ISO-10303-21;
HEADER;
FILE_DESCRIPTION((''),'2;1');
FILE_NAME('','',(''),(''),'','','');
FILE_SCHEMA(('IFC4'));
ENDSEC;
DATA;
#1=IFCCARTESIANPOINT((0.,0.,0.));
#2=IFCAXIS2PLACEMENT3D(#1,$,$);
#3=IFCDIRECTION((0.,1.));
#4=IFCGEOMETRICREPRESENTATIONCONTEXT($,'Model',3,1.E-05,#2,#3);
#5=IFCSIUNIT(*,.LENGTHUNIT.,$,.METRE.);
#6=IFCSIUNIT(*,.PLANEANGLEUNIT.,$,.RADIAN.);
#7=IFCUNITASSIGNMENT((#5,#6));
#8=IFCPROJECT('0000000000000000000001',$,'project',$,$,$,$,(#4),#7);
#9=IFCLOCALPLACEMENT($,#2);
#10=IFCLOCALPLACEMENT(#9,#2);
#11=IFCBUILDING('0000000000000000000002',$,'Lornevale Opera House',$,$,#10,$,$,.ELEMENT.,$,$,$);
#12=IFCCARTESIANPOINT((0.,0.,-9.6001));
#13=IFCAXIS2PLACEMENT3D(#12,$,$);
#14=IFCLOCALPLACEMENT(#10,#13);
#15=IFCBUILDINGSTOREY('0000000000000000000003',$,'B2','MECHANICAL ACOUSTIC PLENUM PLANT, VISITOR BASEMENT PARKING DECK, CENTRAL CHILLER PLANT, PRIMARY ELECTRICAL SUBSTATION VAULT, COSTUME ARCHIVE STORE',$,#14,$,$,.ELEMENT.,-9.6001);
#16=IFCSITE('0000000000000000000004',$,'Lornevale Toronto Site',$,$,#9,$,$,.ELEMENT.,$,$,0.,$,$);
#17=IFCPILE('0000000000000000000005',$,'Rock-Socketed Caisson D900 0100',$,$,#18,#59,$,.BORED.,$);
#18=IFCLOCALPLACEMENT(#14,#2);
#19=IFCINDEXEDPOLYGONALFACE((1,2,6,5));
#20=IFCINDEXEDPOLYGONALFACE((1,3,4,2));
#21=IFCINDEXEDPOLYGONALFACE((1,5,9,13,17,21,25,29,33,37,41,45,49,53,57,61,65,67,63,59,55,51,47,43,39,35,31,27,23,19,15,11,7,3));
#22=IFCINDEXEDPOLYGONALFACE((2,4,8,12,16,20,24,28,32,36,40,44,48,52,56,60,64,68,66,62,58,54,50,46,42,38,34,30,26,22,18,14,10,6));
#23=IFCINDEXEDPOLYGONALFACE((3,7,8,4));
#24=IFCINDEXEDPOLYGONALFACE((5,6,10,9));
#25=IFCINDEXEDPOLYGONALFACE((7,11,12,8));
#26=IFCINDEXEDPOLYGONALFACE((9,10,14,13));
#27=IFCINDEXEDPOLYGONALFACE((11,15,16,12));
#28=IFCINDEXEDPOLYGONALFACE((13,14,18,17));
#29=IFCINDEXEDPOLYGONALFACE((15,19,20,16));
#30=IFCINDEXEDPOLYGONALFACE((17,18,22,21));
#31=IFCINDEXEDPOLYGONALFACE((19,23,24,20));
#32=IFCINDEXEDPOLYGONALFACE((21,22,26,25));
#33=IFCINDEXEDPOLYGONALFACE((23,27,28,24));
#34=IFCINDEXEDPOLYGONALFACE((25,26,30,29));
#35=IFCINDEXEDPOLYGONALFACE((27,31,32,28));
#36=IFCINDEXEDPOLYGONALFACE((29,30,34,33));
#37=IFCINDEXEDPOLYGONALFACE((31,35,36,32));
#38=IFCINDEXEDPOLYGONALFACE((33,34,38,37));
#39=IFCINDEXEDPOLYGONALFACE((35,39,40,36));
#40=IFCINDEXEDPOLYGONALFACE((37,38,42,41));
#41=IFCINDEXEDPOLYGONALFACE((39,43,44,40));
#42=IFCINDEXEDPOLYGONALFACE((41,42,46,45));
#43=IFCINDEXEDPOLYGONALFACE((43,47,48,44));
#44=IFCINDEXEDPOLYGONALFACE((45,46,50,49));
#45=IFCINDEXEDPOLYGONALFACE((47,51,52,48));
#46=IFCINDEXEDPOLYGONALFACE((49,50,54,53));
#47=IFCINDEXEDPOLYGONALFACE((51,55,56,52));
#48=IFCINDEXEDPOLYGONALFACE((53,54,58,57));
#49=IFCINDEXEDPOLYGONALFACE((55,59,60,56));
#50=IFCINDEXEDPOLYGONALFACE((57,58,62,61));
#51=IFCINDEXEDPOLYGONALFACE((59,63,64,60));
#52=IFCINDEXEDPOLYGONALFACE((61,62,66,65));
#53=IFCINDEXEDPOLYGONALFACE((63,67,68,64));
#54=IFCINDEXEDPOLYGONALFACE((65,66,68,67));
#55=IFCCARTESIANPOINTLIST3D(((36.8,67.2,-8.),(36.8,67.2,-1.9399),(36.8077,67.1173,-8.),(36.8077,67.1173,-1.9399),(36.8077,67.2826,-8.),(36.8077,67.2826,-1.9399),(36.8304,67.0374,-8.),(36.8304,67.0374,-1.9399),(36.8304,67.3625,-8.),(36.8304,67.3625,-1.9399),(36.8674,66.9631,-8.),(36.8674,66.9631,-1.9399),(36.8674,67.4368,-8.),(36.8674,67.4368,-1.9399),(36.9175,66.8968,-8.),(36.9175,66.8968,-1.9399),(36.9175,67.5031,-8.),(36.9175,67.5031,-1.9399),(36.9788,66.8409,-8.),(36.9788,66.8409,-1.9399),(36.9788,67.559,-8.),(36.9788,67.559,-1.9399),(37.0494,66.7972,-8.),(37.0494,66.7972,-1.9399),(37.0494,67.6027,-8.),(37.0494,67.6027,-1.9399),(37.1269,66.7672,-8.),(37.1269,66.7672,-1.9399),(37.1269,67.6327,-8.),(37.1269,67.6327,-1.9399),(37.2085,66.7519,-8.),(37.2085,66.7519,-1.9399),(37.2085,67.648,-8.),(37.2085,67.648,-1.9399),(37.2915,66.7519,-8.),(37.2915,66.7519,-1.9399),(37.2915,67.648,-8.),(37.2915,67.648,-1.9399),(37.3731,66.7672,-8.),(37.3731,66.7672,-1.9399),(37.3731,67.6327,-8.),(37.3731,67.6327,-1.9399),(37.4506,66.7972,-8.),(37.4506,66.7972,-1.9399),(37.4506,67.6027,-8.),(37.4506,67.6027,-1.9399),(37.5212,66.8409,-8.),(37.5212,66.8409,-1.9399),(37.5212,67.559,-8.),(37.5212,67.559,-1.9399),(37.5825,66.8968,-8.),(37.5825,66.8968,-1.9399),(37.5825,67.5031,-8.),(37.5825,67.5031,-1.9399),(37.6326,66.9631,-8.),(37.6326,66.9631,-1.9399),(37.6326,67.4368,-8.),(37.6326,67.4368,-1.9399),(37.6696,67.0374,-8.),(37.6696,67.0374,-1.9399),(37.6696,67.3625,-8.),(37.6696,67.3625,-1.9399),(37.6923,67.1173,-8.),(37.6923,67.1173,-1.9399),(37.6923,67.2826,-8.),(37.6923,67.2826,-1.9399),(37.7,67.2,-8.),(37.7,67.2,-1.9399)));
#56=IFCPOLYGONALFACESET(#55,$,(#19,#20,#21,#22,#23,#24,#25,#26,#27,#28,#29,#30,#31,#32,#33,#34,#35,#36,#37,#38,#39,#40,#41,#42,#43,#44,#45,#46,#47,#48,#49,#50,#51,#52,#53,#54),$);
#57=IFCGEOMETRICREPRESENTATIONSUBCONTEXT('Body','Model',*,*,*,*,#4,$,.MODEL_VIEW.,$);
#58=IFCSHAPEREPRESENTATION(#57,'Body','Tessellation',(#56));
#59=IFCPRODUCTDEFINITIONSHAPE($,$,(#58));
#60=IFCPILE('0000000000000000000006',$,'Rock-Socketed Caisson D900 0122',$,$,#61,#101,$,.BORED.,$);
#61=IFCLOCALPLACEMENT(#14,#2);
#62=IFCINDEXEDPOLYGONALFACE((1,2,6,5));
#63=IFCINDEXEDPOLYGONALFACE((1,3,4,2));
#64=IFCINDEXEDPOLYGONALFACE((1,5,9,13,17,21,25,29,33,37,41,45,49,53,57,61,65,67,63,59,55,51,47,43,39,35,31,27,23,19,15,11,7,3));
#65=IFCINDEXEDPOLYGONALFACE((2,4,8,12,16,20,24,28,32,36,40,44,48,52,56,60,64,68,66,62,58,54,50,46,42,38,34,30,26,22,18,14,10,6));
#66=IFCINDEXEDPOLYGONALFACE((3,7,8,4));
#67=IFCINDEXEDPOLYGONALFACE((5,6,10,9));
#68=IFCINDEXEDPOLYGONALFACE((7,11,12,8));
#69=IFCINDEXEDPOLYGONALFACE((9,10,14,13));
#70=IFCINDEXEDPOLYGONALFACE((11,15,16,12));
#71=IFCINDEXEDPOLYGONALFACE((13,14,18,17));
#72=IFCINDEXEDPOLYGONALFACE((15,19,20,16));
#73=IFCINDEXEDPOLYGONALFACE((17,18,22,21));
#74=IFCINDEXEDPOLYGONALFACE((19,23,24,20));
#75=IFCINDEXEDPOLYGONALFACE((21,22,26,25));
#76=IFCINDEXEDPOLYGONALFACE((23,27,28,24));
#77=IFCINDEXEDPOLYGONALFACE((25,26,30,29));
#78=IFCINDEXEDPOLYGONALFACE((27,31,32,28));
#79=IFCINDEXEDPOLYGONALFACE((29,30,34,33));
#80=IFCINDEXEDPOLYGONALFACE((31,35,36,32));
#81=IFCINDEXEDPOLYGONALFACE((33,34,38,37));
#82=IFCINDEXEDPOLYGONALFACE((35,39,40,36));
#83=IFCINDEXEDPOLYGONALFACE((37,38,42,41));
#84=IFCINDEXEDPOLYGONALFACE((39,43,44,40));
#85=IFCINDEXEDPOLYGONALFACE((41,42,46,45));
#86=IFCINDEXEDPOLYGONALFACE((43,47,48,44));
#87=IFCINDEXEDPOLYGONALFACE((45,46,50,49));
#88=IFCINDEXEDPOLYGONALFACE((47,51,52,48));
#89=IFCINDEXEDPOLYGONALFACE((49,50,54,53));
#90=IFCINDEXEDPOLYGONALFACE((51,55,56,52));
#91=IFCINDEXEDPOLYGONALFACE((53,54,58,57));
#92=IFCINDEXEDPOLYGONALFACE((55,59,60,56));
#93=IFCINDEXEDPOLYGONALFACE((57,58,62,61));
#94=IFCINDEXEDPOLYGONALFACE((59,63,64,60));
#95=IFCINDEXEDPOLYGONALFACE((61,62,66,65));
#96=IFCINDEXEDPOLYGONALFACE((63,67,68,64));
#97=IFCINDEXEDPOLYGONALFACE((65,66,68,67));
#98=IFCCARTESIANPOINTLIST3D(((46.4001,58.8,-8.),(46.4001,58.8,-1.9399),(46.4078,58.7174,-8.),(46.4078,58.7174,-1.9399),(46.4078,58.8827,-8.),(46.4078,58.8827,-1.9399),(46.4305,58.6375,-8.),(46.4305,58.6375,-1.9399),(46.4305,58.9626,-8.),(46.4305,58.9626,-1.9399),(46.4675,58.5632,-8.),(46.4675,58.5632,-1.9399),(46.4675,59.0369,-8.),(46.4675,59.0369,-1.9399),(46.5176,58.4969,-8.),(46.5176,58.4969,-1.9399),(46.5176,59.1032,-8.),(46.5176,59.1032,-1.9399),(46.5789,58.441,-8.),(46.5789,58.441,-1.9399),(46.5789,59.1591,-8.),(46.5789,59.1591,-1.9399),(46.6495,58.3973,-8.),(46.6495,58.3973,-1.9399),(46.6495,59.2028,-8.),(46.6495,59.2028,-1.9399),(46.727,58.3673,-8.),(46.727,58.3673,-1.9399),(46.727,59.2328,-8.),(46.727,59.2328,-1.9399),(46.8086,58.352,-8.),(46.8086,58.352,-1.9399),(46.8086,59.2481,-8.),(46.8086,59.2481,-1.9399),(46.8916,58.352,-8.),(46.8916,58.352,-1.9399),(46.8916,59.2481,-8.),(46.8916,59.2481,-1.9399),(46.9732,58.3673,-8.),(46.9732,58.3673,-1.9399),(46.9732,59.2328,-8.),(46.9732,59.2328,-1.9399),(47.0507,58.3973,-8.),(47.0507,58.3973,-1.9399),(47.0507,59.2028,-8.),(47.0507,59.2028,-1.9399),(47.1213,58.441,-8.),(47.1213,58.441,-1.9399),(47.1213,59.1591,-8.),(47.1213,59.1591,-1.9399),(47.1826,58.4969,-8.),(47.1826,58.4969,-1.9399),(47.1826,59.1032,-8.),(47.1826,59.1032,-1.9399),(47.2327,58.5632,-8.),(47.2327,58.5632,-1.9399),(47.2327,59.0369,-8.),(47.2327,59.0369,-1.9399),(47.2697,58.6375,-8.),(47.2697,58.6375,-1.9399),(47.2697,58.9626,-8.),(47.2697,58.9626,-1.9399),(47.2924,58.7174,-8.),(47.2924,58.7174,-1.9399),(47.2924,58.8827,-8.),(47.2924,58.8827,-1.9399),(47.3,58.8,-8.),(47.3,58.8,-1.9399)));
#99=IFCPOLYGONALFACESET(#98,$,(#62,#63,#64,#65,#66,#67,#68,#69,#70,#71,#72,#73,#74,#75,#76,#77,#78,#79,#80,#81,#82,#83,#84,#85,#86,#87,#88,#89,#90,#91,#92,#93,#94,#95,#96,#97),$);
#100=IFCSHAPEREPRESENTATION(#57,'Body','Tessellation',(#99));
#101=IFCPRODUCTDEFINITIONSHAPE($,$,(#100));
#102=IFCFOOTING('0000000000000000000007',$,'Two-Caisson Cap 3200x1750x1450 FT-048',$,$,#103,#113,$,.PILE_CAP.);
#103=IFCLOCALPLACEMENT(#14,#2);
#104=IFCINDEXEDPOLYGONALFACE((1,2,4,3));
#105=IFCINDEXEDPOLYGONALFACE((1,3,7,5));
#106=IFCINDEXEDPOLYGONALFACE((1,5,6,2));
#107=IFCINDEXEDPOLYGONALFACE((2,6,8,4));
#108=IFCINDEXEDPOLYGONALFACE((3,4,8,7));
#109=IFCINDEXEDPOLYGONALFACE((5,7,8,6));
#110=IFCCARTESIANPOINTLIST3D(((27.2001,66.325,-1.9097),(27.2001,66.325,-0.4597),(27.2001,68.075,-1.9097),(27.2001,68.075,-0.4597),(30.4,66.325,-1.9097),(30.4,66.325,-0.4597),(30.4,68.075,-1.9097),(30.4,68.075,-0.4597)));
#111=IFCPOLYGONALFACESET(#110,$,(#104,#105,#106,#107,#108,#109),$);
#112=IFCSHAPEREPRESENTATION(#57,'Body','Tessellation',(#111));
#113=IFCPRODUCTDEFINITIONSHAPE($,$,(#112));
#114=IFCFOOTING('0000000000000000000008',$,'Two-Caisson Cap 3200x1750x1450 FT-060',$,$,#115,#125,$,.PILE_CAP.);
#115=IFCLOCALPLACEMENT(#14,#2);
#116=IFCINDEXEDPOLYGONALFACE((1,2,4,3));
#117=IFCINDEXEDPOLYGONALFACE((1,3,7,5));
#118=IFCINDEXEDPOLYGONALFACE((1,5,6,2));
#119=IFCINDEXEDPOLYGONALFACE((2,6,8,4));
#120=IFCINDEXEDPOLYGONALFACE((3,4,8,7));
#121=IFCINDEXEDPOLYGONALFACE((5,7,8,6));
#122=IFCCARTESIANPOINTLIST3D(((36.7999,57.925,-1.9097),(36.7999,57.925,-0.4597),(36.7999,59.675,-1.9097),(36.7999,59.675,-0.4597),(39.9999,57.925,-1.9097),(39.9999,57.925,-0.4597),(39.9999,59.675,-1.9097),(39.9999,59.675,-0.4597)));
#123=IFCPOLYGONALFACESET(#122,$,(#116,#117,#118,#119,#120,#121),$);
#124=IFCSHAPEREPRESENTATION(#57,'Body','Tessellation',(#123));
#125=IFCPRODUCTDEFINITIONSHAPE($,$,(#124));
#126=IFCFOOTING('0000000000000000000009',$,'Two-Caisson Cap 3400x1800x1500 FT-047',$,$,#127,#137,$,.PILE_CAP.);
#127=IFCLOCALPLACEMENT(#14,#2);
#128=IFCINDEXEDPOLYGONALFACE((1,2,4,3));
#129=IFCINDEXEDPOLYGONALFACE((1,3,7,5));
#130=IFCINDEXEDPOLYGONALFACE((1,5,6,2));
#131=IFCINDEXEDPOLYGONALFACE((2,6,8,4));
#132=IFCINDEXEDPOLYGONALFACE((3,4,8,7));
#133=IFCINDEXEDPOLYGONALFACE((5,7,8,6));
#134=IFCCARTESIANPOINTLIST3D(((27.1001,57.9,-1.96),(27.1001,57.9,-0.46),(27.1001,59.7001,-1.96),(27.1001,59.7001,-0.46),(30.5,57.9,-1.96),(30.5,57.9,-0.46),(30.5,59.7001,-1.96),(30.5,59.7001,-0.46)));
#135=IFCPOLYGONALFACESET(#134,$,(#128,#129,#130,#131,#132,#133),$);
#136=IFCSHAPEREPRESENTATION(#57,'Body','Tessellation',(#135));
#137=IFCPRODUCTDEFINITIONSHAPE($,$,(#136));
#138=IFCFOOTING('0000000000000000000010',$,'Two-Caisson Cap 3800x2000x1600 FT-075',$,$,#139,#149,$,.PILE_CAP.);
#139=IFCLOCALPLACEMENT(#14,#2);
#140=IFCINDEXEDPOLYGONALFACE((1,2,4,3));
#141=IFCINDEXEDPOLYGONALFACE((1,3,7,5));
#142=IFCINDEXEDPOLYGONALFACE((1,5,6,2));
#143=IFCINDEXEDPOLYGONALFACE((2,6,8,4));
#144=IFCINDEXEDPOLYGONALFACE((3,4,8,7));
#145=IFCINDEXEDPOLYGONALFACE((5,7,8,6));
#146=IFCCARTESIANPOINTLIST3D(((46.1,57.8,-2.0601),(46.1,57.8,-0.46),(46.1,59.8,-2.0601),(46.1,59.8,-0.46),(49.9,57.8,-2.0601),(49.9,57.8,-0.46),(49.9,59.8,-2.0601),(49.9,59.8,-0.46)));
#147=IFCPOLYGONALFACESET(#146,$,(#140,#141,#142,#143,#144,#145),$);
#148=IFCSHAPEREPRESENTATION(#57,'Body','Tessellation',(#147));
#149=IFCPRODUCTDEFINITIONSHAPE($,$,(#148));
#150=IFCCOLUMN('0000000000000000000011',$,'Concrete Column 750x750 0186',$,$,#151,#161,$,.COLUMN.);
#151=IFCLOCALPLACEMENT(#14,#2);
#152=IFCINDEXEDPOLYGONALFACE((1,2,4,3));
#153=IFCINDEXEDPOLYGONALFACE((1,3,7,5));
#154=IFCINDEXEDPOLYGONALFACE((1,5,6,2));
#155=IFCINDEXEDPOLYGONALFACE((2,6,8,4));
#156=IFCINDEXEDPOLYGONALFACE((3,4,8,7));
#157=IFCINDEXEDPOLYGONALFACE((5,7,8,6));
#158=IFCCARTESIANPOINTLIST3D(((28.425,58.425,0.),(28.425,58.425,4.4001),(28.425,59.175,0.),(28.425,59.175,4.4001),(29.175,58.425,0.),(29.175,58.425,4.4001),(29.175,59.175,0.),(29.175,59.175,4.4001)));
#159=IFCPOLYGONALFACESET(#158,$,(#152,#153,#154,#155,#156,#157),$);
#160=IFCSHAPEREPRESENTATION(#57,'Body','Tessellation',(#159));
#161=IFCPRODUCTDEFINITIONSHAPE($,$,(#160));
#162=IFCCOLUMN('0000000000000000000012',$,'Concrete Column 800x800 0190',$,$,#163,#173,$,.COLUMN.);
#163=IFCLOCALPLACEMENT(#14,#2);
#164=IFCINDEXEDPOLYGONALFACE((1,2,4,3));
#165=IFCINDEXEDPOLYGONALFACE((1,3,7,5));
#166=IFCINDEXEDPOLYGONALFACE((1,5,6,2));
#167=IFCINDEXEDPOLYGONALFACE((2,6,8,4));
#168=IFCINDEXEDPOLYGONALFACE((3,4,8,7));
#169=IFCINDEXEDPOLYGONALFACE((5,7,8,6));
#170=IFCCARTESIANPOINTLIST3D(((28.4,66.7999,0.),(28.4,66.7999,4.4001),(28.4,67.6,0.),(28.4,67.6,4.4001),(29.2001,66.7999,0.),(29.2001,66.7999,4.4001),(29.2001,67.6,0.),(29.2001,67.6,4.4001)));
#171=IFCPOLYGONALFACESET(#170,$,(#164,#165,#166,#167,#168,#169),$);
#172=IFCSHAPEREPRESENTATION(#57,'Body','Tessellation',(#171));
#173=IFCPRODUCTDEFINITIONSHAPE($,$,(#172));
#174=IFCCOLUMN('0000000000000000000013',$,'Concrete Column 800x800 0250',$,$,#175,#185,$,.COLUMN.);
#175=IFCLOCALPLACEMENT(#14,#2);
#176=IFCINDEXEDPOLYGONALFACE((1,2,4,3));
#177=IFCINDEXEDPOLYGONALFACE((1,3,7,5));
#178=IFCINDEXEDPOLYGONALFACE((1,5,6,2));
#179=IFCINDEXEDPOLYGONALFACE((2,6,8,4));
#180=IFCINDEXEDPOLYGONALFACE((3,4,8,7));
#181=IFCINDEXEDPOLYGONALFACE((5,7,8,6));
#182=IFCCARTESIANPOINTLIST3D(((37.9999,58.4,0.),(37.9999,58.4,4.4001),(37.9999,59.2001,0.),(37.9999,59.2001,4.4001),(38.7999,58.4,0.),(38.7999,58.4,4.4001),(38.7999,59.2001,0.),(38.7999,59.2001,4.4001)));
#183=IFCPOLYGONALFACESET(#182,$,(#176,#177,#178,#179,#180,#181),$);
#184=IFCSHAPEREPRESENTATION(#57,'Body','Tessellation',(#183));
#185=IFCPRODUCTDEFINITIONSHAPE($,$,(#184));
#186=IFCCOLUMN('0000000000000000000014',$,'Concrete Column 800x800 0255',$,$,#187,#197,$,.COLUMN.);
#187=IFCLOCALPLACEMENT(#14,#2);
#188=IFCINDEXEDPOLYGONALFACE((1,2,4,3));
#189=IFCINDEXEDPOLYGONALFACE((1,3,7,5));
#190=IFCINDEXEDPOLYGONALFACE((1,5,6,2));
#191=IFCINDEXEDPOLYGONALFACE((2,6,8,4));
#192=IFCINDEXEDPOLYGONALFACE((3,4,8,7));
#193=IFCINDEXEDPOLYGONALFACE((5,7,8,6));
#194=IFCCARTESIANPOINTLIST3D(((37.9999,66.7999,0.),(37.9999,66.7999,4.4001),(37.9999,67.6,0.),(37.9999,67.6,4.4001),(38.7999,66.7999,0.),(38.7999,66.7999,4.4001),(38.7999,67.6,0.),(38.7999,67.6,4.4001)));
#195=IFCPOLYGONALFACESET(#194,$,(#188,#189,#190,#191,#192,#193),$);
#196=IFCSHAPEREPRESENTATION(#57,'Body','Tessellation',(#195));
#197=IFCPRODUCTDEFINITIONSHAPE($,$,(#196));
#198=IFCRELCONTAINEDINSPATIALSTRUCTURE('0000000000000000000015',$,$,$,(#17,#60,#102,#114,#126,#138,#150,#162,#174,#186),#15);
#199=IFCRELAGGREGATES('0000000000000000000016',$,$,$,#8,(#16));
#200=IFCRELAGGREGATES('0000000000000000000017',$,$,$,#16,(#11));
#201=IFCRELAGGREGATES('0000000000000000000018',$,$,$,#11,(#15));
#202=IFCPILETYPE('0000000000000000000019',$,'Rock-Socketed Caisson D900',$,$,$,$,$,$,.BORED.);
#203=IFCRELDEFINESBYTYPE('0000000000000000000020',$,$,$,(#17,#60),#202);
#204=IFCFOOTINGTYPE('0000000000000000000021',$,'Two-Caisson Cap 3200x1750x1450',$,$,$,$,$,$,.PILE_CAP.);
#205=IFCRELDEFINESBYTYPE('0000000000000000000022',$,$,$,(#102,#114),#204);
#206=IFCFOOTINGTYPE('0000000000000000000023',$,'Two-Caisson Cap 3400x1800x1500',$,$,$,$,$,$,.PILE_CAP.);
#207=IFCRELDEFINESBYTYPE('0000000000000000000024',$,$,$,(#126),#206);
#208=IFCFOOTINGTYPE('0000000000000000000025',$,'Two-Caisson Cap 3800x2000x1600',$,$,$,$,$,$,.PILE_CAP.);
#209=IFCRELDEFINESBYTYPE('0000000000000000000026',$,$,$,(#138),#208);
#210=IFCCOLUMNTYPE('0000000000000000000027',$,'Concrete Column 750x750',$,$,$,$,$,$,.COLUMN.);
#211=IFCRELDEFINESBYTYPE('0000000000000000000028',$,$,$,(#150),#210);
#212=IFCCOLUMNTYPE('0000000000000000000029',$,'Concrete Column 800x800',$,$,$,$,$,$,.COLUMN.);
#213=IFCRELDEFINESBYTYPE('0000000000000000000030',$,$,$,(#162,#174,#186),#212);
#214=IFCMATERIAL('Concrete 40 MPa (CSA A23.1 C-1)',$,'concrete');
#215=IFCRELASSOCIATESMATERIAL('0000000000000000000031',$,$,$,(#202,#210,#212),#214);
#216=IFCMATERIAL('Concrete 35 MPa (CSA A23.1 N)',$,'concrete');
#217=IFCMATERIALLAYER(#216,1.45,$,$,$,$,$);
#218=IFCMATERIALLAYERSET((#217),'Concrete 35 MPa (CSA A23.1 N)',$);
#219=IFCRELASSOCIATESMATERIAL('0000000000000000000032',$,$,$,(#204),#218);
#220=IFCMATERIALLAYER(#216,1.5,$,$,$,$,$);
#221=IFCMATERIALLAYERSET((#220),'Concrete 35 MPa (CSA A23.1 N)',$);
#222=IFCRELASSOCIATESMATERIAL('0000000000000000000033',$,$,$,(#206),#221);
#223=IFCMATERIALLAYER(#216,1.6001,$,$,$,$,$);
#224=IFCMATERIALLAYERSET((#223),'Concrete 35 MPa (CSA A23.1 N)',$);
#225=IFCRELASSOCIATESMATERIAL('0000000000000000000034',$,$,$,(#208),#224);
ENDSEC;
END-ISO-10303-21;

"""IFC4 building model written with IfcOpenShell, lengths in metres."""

from ifc_helpers import new_model, si_unit, direction, frame, origin, origin_2d, place, context, subcontext, project, spatial, rectangle, circle, extrude, material, layer, layer_set, material_profile, profile_set, type_object, element, save


model = new_model("IFC4")

# Units and contexts
model_context = context("Model", 3, precision=1e-05, world=origin(), true_north=direction((0.0, 1.0)))
body_context = subcontext(model_context, "Body", "Model", "MODEL_VIEW")
ifc_project = project(units=[si_unit("LENGTHUNIT", "METRE"), si_unit("PLANEANGLEUNIT", "RADIAN")], contexts=[model_context])

# Site, building, storey
site_placement = place(None, origin())
site = spatial("IfcSite", under=ifc_project, at=site_placement, Name="Lornevale Toronto Site", CompositionType="ELEMENT", RefElevation=0.0)
building_placement = place(site_placement, origin())
building = spatial("IfcBuilding", under=site, at=building_placement, Name="Lornevale Opera House", CompositionType="ELEMENT")
storey_placement = place(building_placement, frame((0.0, 0.0, -9.6001)))
storey = spatial("IfcBuildingStorey", under=building, at=storey_placement, Name="B2", Description="MECHANICAL ACOUSTIC PLENUM PLANT, VISITOR BASEMENT PARKING DECK, CENTRAL CHILLER PLANT, PRIMARY ELECTRICAL SUBSTATION VAULT, COSTUME ARCHIVE STORE", CompositionType="ELEMENT", Elevation=-9.6001)

# Shared definitions
ifc_material_1 = material(Name="Concrete 35 MPa (CSA A23.1 N)", Category="concrete")

# Piles
ifc_material_2 = material(Name="Concrete 40 MPa (CSA A23.1 C-1)", Category="concrete")
ifc_material_profile_1 = material_profile(ifc_material_2, circle(Radius=0.45, at=origin_2d()), Name="CAIS900")
ifc_profile_set_1 = profile_set([ifc_material_profile_1], Name="Concrete 40 MPa (CSA A23.1 C-1)")
pile_type_1 = type_object("IfcPileType", Name="Rock-Socketed Caisson D900", PredefinedType="BORED", material=ifc_profile_set_1)
for number, where, z_axis, x_axis, name in (
    (1, (37.25, 67.2, -1.9399), (0.0, 0.0, -1.0), (1.0, 0.0, 0.0), "Rock-Socketed Caisson D900 0100"),
    (2, (46.8501, 58.8, -1.9399), (0.0, 0.0, -1.0), (1.0, 0.0, 0.0), "Rock-Socketed Caisson D900 0122"),
):
    element("IfcPile", number, at=place(storey_placement, frame(where, z_axis=z_axis, x_axis=x_axis)), inside=storey, type_object=pile_type_1, Name=name, PredefinedType="BORED", context=body_context, shape_type="SweptSolid", body=[
        extrude(circle(Radius=0.45, at=origin_2d()), origin(), (0.0, 0.0, 1.0), 6.0601),
    ])

# Footings
ifc_layer_1 = layer(ifc_material_1, 1.45)
ifc_layer_set_1 = layer_set([ifc_layer_1], Name="Concrete 35 MPa (CSA A23.1 N)")
footing_type_1 = type_object("IfcFootingType", Name="Two-Caisson Cap 3200x1750x1450", PredefinedType="PILE_CAP", material=ifc_layer_set_1)
for number, where, z_axis, x_axis, name in (
    (3, (28.8, 67.2, -1.9097), (0.0, 0.0, 1.0), (1.0, 0.0, 0.0), "Two-Caisson Cap 3200x1750x1450 FT-048"),
    (4, (38.3999, 58.8, -1.9097), (0.0, 0.0, 1.0), (1.0, 0.0, 0.0), "Two-Caisson Cap 3200x1750x1450 FT-060"),
):
    element("IfcFooting", number, at=place(storey_placement, frame(where, z_axis=z_axis, x_axis=x_axis)), inside=storey, type_object=footing_type_1, Name=name, PredefinedType="PILE_CAP", context=body_context, shape_type="SweptSolid", body=[
        extrude(rectangle(XDim=3.2, YDim=1.75, at=origin_2d()), origin(), (0.0, 0.0, 1.0), 1.45),
    ])
ifc_layer_2 = layer(ifc_material_1, 1.5)
ifc_layer_set_2 = layer_set([ifc_layer_2], Name="Concrete 35 MPa (CSA A23.1 N)")
footing_type_2 = type_object("IfcFootingType", Name="Two-Caisson Cap 3400x1800x1500", PredefinedType="PILE_CAP", material=ifc_layer_set_2)
footing_1_placement = place(storey_placement, frame((28.8, 58.8, -1.96), z_axis=(0.0, 0.0, 1.0), x_axis=(1.0, 0.0, 0.0)))
element("IfcFooting", 5, at=footing_1_placement, inside=storey, type_object=footing_type_2, Name="Two-Caisson Cap 3400x1800x1500 FT-047", PredefinedType="PILE_CAP", context=body_context, shape_type="SweptSolid", body=[
    extrude(rectangle(XDim=3.3999, YDim=1.8, at=origin_2d()), origin(), (0.0, 0.0, 1.0), 1.5),
])
ifc_layer_3 = layer(ifc_material_1, 1.6001)
ifc_layer_set_3 = layer_set([ifc_layer_3], Name="Concrete 35 MPa (CSA A23.1 N)")
footing_type_3 = type_object("IfcFootingType", Name="Two-Caisson Cap 3800x2000x1600", PredefinedType="PILE_CAP", material=ifc_layer_set_3)
footing_2_placement = place(storey_placement, frame((48.0, 58.8, -2.0601), z_axis=(0.0, 0.0, 1.0), x_axis=(1.0, 0.0, 0.0)))
element("IfcFooting", 6, at=footing_2_placement, inside=storey, type_object=footing_type_3, Name="Two-Caisson Cap 3800x2000x1600 FT-075", PredefinedType="PILE_CAP", context=body_context, shape_type="SweptSolid", body=[
    extrude(rectangle(XDim=3.8, YDim=2.0, at=origin_2d()), origin(), (0.0, 0.0, 1.0), 1.6001),
])

# Columns
ifc_material_profile_2 = material_profile(ifc_material_2, rectangle(XDim=0.75, YDim=0.75, at=origin_2d()), Name="RC750x750")
ifc_profile_set_2 = profile_set([ifc_material_profile_2], Name="Concrete 40 MPa (CSA A23.1 C-1)")
column_type_1 = type_object("IfcColumnType", Name="Concrete Column 750x750", PredefinedType="COLUMN", material=ifc_profile_set_2)
column_placement = place(storey_placement, frame((28.8, 58.8, 0.0), z_axis=(0.0, 0.0, 1.0), x_axis=(1.0, 0.0, 0.0)))
element("IfcColumn", 7, at=column_placement, inside=storey, type_object=column_type_1, Name="Concrete Column 750x750 0186", PredefinedType="COLUMN", context=body_context, shape_type="SweptSolid", body=[
    extrude(rectangle(XDim=0.75, YDim=0.75, at=origin_2d()), origin(), (0.0, 0.0, 1.0), 4.4001),
])
ifc_material_profile_3 = material_profile(ifc_material_2, rectangle(XDim=0.8, YDim=0.8, at=origin_2d()), Name="RC800x800")
ifc_profile_set_3 = profile_set([ifc_material_profile_3], Name="Concrete 40 MPa (CSA A23.1 C-1)")
column_type_2 = type_object("IfcColumnType", Name="Concrete Column 800x800", PredefinedType="COLUMN", material=ifc_profile_set_3)
for number, where, z_axis, x_axis, name in (
    (8, (28.8, 67.2, 0.0), (0.0, 0.0, 1.0), (1.0, 0.0, 0.0), "Concrete Column 800x800 0190"),
    (9, (38.3999, 58.8, 0.0), (0.0, 0.0, 1.0), (1.0, 0.0, 0.0), "Concrete Column 800x800 0250"),
    (10, (38.3999, 67.2, 0.0), (0.0, 0.0, 1.0), (1.0, 0.0, 0.0), "Concrete Column 800x800 0255"),
):
    element("IfcColumn", number, at=place(storey_placement, frame(where, z_axis=z_axis, x_axis=x_axis)), inside=storey, type_object=column_type_2, Name=name, PredefinedType="COLUMN", context=body_context, shape_type="SweptSolid", body=[
        extrude(rectangle(XDim=0.8, YDim=0.8, at=origin_2d()), origin(), (0.0, 0.0, 1.0), 4.4001),
    ])

save(model, "model.ifc")
